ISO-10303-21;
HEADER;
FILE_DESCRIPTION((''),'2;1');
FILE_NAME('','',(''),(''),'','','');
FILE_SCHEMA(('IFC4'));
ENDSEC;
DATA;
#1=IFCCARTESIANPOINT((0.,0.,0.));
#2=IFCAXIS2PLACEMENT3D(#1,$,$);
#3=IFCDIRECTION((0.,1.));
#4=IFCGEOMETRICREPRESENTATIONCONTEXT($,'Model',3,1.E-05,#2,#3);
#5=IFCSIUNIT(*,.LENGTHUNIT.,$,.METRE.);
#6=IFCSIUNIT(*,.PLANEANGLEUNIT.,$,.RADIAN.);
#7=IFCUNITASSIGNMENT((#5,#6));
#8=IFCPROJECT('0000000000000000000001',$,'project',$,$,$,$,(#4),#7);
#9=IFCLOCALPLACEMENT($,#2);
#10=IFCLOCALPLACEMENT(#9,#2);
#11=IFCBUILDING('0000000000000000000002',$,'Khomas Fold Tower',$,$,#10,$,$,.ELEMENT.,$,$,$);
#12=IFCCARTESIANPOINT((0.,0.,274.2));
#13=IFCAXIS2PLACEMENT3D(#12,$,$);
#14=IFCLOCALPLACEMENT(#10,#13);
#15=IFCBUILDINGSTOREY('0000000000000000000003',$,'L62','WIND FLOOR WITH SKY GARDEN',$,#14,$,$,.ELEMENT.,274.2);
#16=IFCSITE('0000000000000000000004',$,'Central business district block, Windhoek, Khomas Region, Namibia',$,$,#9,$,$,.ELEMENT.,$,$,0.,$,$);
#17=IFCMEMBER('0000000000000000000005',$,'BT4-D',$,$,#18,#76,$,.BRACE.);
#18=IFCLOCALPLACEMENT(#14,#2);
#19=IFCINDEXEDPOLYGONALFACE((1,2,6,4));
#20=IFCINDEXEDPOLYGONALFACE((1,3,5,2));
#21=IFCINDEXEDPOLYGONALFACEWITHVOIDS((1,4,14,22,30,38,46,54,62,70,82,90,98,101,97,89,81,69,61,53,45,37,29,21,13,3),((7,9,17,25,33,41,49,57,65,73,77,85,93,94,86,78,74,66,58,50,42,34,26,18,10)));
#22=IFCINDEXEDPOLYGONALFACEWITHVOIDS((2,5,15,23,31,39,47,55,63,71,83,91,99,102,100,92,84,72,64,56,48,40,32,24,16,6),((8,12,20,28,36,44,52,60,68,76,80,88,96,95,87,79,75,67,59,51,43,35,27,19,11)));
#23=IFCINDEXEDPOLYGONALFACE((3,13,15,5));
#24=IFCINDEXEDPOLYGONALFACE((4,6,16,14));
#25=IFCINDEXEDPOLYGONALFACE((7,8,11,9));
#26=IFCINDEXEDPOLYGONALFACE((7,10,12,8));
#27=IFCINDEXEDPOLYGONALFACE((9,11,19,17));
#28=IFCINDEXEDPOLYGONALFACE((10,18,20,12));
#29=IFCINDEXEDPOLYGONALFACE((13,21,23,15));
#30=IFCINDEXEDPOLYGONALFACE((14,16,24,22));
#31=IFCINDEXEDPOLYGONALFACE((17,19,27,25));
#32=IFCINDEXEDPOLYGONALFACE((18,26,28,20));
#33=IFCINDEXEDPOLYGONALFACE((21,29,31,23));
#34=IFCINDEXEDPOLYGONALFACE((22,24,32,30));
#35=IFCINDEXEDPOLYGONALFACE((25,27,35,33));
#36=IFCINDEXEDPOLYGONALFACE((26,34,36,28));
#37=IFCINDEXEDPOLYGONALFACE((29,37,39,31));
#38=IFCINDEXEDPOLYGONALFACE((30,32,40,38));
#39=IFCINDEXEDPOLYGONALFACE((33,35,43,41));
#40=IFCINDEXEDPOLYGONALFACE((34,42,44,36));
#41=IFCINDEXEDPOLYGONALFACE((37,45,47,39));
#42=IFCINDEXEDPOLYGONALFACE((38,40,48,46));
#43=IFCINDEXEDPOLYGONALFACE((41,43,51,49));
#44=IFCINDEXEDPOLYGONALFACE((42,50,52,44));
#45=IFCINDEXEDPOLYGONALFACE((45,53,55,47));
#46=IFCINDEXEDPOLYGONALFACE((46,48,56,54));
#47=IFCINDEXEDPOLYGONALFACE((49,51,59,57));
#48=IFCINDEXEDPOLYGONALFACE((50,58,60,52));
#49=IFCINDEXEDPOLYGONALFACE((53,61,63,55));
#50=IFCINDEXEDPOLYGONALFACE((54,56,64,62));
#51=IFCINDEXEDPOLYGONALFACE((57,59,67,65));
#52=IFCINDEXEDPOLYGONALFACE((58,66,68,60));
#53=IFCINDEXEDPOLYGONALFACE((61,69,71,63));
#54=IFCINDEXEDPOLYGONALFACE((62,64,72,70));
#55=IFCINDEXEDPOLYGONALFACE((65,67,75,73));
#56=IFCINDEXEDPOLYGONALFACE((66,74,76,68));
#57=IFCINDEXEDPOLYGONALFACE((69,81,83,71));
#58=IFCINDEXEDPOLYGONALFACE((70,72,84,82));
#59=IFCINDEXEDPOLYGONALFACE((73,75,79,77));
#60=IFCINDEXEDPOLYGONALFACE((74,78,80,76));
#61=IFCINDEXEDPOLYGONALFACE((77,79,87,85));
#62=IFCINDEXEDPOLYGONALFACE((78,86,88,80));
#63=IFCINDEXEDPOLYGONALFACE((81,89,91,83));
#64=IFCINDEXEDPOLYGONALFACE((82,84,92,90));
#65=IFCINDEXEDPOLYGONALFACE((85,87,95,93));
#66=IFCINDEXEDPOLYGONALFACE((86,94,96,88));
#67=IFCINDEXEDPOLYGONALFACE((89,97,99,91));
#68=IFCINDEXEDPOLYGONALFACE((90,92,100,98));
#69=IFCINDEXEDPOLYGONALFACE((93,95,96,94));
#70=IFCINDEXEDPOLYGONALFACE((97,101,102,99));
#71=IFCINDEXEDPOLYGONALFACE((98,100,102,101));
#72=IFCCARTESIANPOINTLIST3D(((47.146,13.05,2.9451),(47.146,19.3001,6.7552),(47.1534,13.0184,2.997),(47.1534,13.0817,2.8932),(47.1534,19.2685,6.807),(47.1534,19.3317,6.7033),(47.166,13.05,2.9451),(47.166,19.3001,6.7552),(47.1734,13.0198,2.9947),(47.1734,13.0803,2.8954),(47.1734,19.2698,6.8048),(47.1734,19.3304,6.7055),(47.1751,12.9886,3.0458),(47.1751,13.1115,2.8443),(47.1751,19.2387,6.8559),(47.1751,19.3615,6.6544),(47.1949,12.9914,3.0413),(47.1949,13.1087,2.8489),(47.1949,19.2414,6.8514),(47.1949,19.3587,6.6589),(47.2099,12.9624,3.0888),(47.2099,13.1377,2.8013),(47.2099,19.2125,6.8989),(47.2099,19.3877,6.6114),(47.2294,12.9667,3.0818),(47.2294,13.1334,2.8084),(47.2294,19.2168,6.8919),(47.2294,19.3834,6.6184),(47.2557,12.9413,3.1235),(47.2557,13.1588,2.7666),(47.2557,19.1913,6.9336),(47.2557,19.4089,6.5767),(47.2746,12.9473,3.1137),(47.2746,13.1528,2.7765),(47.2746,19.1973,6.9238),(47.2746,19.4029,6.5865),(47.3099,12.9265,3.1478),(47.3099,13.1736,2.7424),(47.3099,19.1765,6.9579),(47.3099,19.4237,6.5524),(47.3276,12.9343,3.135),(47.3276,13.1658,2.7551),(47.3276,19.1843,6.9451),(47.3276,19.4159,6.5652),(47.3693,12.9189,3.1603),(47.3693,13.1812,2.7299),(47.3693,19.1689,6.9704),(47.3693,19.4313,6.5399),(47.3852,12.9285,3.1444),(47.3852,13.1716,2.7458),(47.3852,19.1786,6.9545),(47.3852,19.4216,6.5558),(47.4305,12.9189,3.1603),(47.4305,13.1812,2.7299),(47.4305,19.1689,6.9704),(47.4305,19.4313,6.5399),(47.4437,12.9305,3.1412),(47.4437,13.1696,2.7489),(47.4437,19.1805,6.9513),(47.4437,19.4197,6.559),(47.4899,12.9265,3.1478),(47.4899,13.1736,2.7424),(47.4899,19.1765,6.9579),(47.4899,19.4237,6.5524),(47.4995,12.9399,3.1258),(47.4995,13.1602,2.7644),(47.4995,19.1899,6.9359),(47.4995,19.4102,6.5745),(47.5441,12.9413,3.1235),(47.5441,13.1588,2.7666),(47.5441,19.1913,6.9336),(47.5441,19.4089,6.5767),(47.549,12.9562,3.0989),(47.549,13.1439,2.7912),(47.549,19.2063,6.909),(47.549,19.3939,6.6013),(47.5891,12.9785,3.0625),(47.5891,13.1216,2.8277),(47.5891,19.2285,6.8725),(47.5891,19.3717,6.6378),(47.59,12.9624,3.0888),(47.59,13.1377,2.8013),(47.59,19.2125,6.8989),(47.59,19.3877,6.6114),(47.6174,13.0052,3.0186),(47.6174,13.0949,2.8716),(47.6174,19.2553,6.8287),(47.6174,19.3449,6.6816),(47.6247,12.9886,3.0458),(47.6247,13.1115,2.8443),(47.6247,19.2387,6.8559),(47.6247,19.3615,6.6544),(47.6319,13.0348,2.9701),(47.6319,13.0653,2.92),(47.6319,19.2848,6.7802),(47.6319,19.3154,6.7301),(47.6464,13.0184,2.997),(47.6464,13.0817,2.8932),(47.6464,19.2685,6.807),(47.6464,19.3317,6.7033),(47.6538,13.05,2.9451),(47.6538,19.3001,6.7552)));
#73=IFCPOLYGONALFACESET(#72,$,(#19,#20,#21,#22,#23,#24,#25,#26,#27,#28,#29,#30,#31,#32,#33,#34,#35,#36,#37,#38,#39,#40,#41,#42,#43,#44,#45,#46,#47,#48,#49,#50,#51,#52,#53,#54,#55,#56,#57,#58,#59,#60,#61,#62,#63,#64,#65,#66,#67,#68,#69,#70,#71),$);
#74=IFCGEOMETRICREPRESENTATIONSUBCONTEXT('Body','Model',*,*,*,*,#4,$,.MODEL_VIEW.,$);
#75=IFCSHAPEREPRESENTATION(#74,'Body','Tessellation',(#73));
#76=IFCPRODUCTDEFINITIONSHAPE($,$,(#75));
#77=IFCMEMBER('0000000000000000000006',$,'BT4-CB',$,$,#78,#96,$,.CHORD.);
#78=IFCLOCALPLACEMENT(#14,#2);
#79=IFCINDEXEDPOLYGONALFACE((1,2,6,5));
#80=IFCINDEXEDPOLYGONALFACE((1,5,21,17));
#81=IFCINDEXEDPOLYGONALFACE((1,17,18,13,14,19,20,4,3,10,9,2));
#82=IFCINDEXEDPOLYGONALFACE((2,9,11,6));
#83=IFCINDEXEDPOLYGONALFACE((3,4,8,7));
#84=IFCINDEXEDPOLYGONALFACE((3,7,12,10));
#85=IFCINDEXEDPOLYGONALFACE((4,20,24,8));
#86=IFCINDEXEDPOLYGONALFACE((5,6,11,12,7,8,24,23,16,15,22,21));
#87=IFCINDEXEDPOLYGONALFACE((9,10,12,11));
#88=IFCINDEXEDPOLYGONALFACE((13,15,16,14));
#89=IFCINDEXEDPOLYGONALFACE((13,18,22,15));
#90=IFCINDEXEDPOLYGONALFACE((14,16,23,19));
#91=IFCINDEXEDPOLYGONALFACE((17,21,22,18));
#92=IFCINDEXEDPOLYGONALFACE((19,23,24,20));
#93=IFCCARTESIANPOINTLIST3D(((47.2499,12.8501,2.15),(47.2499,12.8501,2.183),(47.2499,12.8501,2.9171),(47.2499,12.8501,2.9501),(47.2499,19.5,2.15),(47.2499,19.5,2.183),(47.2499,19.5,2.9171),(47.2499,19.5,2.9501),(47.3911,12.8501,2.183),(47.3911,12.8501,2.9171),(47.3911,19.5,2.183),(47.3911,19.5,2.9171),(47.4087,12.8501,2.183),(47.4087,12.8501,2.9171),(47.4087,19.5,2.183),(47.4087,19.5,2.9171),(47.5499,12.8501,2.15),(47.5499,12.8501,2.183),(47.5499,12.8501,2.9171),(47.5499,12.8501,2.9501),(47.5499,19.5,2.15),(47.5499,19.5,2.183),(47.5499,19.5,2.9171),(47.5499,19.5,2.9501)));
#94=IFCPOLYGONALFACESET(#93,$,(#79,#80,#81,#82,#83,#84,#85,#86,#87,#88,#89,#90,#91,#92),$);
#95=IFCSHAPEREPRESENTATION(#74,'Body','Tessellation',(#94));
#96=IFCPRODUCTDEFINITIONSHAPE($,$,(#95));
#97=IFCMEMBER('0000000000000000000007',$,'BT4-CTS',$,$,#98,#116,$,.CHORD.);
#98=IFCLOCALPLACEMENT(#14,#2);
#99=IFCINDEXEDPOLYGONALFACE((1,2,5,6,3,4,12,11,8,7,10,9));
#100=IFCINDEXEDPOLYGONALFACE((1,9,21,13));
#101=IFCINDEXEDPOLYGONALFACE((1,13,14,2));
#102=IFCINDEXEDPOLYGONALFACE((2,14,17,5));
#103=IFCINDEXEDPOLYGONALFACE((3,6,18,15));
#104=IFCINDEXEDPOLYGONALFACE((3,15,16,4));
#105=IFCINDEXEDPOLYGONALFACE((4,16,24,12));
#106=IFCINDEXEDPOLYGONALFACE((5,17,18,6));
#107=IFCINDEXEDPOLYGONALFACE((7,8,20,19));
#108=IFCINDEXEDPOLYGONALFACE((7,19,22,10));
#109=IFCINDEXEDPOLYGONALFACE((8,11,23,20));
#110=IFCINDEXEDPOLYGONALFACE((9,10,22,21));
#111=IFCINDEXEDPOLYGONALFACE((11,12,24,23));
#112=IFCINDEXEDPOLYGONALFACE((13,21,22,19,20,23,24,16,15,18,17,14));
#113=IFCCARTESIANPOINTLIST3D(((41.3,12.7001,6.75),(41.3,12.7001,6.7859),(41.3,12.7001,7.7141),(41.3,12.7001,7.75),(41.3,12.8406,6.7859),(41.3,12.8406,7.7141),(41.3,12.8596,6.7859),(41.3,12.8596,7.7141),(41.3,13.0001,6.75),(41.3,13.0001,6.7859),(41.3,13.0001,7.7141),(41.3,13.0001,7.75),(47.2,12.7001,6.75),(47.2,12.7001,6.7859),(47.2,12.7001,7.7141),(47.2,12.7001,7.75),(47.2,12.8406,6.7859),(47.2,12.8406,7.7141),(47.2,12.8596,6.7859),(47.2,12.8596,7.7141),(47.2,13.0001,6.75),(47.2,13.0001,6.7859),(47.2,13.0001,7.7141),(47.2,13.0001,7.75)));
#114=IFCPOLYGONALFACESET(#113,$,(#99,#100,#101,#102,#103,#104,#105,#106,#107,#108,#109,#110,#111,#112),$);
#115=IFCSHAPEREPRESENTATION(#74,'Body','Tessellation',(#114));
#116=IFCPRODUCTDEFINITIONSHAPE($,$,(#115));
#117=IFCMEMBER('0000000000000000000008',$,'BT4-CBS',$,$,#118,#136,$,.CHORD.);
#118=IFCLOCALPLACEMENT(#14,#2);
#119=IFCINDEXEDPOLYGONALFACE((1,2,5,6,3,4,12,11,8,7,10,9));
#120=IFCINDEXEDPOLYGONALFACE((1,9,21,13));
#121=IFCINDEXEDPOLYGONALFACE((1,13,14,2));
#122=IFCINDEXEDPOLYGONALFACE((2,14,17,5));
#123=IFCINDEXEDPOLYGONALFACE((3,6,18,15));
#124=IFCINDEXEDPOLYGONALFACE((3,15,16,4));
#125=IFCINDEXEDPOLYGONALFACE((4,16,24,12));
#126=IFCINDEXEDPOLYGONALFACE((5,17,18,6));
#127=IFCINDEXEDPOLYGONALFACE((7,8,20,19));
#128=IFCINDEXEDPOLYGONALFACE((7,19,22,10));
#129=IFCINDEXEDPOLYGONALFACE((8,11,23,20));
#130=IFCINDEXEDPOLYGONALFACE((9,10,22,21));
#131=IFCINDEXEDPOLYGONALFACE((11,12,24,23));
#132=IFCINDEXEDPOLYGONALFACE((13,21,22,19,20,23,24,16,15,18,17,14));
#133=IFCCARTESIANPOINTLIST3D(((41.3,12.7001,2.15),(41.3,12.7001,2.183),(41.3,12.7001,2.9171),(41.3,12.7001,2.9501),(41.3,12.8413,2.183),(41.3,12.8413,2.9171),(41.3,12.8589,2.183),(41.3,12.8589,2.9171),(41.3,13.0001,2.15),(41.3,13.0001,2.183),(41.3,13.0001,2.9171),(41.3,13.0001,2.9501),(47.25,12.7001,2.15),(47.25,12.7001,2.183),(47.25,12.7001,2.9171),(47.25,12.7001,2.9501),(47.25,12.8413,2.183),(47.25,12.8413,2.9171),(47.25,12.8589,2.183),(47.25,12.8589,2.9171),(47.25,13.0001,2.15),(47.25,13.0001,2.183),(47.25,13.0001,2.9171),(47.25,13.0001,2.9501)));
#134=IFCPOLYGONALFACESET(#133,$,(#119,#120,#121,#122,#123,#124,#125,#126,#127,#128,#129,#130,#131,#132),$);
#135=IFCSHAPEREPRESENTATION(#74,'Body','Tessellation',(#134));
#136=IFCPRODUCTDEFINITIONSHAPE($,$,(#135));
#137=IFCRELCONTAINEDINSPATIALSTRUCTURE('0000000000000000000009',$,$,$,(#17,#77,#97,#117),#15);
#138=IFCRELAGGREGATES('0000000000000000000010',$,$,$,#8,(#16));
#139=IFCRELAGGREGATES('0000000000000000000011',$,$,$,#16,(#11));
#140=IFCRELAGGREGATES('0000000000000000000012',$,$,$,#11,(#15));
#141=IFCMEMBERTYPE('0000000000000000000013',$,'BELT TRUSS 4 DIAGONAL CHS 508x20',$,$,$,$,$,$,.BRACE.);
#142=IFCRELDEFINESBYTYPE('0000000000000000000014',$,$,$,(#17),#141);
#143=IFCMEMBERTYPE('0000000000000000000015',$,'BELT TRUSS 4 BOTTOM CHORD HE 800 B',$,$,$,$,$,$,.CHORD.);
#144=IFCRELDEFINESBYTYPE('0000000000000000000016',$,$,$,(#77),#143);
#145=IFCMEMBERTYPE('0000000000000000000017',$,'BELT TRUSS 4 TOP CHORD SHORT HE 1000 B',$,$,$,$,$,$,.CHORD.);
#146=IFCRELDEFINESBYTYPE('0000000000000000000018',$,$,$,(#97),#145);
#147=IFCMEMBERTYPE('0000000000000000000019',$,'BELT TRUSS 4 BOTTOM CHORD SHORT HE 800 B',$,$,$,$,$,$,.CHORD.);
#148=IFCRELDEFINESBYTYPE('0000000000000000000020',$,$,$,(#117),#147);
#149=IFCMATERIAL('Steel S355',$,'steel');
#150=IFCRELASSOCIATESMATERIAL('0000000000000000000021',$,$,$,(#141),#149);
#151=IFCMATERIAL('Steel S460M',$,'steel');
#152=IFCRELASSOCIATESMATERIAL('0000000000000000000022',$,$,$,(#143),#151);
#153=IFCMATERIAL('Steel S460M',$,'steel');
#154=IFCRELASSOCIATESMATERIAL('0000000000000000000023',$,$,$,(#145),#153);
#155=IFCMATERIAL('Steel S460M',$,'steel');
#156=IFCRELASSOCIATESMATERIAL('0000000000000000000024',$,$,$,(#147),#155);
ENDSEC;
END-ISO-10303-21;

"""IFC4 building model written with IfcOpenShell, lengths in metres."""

from ifc_helpers import new_model, si_unit, direction, frame, origin, origin_2d, place, context, subcontext, project, spatial, hollow_circle, i_section, extrude, source, transform, mapped, material, material_profile, profile_set, type_object, element, save


model = new_model("IFC4")

# Units and contexts
model_context = context("Model", 3, precision=1e-05, world=origin(), true_north=direction((0.0, 1.0)))
body_context = subcontext(model_context, "Body", "Model", "MODEL_VIEW")
ifc_project = project(units=[si_unit("LENGTHUNIT", "METRE"), si_unit("PLANEANGLEUNIT", "RADIAN")], contexts=[model_context])

# Site, building, storey
site_placement = place(None, origin())
site = spatial("IfcSite", under=ifc_project, at=site_placement, Name="Central business district block, Windhoek, Khomas Region, Namibia", CompositionType="ELEMENT", RefElevation=0.0)
building_placement = place(site_placement, origin())
building = spatial("IfcBuilding", under=site, at=building_placement, Name="Khomas Fold Tower", CompositionType="ELEMENT")
storey_placement = place(building_placement, frame((0.0, 0.0, 274.2)))
storey = spatial("IfcBuildingStorey", under=building, at=storey_placement, Name="L62", Description="WIND FLOOR WITH SKY GARDEN", CompositionType="ELEMENT", Elevation=274.2)

# Members
ifc_material_1 = material(Name="Steel S355", Category="steel")
ifc_material_profile_1 = material_profile(ifc_material_1, hollow_circle(Radius=0.2539, WallThickness=0.02, at=origin_2d()), Name="CHS 508x20")
ifc_profile_set_1 = profile_set([ifc_material_profile_1], Name="Steel S355")
member_type_1 = type_object("IfcMemberType", Name="BELT TRUSS 4 DIAGONAL CHS 508x20", PredefinedType="BRACE", material=ifc_profile_set_1)
shared_shape_1 = source(origin(), body_context, "Body", "SweptSolid", [
    extrude(hollow_circle(Radius=0.2539, WallThickness=0.02, at=origin_2d()), origin(), (0.0, 0.0, 1.0), 7.3198),
])
member_1_placement = place(storey_placement, frame((47.3999, 13.05, 2.9451), z_axis=(0.0, 0.853852, 0.520516), x_axis=(-1.0, 0.0, 0.0)))
element("IfcMember", 1, at=member_1_placement, inside=storey, type_object=member_type_1, Name="BT4-D", PredefinedType="BRACE", context=body_context, shape_type="MappedRepresentation", body=[
    mapped(shared_shape_1, transform((0.0, 0.0, 0.0))),
])
ifc_material_2 = material(Name="Steel S460M", Category="steel")
ifc_material_profile_2 = material_profile(ifc_material_2, i_section(OverallWidth=0.3, OverallDepth=0.8, WebThickness=0.0176, FlangeThickness=0.033, at=origin_2d()), Name="HE 800 B")
ifc_profile_set_2 = profile_set([ifc_material_profile_2], Name="Steel S460M")
member_type_2 = type_object("IfcMemberType", Name="BELT TRUSS 4 BOTTOM CHORD HE 800 B", PredefinedType="CHORD", material=ifc_profile_set_2)
shared_shape_2 = source(origin(), body_context, "Body", "SweptSolid", [
    extrude(i_section(OverallWidth=0.3, OverallDepth=0.8, WebThickness=0.0176, FlangeThickness=0.033, at=origin_2d()), origin(), (0.0, 0.0, 1.0), 6.6499),
])
member_2_placement = place(storey_placement, frame((47.3999, 12.8501, 2.55), z_axis=(0.0, 1.0, 0.0), x_axis=(-1.0, 0.0, 0.0)))
element("IfcMember", 2, at=member_2_placement, inside=storey, type_object=member_type_2, Name="BT4-CB", PredefinedType="CHORD", context=body_context, shape_type="MappedRepresentation", body=[
    mapped(shared_shape_2, transform((0.0, 0.0, 0.0))),
])
ifc_material_3 = material(Name="Steel S460M", Category="steel")
ifc_material_profile_3 = material_profile(ifc_material_3, i_section(OverallWidth=0.3, OverallDepth=1.0, WebThickness=0.019, FlangeThickness=0.0359, at=origin_2d()), Name="HE 1000 B")
ifc_profile_set_3 = profile_set([ifc_material_profile_3], Name="Steel S460M")
member_type_3 = type_object("IfcMemberType", Name="BELT TRUSS 4 TOP CHORD SHORT HE 1000 B", PredefinedType="CHORD", material=ifc_profile_set_3)
shared_shape_3 = source(origin(), body_context, "Body", "SweptSolid", [
    extrude(i_section(OverallWidth=0.3, OverallDepth=1.0, WebThickness=0.019, FlangeThickness=0.0359, at=origin_2d()), origin(), (0.0, 0.0, 1.0), 5.8999),
])
member_3_placement = place(storey_placement, frame((47.2, 12.8501, 7.25), z_axis=(-1.0, 0.0, 0.0), x_axis=(0.0, -1.0, 0.0)))
element("IfcMember", 3, at=member_3_placement, inside=storey, type_object=member_type_3, Name="BT4-CTS", PredefinedType="CHORD", context=body_context, shape_type="MappedRepresentation", body=[
    mapped(shared_shape_3, transform((0.0, 0.0, 0.0))),
])
ifc_material_4 = material(Name="Steel S460M", Category="steel")
ifc_material_profile_4 = material_profile(ifc_material_4, i_section(OverallWidth=0.3, OverallDepth=0.8, WebThickness=0.0176, FlangeThickness=0.033, at=origin_2d()), Name="HE 800 B")
ifc_profile_set_4 = profile_set([ifc_material_profile_4], Name="Steel S460M")
member_type_4 = type_object("IfcMemberType", Name="BELT TRUSS 4 BOTTOM CHORD SHORT HE 800 B", PredefinedType="CHORD", material=ifc_profile_set_4)
shared_shape_4 = source(origin(), body_context, "Body", "SweptSolid", [
    extrude(i_section(OverallWidth=0.3, OverallDepth=0.8, WebThickness=0.0176, FlangeThickness=0.033, at=origin_2d()), origin(), (0.0, 0.0, 1.0), 5.95),
])
member_4_placement = place(storey_placement, frame((47.25, 12.8501, 2.55), z_axis=(-1.0, 0.0, 0.0), x_axis=(0.0, -1.0, 0.0)))
element("IfcMember", 4, at=member_4_placement, inside=storey, type_object=member_type_4, Name="BT4-CBS", PredefinedType="CHORD", context=body_context, shape_type="MappedRepresentation", body=[
    mapped(shared_shape_4, transform((0.0, 0.0, 0.0))),
])

save(model, "model.ifc")
